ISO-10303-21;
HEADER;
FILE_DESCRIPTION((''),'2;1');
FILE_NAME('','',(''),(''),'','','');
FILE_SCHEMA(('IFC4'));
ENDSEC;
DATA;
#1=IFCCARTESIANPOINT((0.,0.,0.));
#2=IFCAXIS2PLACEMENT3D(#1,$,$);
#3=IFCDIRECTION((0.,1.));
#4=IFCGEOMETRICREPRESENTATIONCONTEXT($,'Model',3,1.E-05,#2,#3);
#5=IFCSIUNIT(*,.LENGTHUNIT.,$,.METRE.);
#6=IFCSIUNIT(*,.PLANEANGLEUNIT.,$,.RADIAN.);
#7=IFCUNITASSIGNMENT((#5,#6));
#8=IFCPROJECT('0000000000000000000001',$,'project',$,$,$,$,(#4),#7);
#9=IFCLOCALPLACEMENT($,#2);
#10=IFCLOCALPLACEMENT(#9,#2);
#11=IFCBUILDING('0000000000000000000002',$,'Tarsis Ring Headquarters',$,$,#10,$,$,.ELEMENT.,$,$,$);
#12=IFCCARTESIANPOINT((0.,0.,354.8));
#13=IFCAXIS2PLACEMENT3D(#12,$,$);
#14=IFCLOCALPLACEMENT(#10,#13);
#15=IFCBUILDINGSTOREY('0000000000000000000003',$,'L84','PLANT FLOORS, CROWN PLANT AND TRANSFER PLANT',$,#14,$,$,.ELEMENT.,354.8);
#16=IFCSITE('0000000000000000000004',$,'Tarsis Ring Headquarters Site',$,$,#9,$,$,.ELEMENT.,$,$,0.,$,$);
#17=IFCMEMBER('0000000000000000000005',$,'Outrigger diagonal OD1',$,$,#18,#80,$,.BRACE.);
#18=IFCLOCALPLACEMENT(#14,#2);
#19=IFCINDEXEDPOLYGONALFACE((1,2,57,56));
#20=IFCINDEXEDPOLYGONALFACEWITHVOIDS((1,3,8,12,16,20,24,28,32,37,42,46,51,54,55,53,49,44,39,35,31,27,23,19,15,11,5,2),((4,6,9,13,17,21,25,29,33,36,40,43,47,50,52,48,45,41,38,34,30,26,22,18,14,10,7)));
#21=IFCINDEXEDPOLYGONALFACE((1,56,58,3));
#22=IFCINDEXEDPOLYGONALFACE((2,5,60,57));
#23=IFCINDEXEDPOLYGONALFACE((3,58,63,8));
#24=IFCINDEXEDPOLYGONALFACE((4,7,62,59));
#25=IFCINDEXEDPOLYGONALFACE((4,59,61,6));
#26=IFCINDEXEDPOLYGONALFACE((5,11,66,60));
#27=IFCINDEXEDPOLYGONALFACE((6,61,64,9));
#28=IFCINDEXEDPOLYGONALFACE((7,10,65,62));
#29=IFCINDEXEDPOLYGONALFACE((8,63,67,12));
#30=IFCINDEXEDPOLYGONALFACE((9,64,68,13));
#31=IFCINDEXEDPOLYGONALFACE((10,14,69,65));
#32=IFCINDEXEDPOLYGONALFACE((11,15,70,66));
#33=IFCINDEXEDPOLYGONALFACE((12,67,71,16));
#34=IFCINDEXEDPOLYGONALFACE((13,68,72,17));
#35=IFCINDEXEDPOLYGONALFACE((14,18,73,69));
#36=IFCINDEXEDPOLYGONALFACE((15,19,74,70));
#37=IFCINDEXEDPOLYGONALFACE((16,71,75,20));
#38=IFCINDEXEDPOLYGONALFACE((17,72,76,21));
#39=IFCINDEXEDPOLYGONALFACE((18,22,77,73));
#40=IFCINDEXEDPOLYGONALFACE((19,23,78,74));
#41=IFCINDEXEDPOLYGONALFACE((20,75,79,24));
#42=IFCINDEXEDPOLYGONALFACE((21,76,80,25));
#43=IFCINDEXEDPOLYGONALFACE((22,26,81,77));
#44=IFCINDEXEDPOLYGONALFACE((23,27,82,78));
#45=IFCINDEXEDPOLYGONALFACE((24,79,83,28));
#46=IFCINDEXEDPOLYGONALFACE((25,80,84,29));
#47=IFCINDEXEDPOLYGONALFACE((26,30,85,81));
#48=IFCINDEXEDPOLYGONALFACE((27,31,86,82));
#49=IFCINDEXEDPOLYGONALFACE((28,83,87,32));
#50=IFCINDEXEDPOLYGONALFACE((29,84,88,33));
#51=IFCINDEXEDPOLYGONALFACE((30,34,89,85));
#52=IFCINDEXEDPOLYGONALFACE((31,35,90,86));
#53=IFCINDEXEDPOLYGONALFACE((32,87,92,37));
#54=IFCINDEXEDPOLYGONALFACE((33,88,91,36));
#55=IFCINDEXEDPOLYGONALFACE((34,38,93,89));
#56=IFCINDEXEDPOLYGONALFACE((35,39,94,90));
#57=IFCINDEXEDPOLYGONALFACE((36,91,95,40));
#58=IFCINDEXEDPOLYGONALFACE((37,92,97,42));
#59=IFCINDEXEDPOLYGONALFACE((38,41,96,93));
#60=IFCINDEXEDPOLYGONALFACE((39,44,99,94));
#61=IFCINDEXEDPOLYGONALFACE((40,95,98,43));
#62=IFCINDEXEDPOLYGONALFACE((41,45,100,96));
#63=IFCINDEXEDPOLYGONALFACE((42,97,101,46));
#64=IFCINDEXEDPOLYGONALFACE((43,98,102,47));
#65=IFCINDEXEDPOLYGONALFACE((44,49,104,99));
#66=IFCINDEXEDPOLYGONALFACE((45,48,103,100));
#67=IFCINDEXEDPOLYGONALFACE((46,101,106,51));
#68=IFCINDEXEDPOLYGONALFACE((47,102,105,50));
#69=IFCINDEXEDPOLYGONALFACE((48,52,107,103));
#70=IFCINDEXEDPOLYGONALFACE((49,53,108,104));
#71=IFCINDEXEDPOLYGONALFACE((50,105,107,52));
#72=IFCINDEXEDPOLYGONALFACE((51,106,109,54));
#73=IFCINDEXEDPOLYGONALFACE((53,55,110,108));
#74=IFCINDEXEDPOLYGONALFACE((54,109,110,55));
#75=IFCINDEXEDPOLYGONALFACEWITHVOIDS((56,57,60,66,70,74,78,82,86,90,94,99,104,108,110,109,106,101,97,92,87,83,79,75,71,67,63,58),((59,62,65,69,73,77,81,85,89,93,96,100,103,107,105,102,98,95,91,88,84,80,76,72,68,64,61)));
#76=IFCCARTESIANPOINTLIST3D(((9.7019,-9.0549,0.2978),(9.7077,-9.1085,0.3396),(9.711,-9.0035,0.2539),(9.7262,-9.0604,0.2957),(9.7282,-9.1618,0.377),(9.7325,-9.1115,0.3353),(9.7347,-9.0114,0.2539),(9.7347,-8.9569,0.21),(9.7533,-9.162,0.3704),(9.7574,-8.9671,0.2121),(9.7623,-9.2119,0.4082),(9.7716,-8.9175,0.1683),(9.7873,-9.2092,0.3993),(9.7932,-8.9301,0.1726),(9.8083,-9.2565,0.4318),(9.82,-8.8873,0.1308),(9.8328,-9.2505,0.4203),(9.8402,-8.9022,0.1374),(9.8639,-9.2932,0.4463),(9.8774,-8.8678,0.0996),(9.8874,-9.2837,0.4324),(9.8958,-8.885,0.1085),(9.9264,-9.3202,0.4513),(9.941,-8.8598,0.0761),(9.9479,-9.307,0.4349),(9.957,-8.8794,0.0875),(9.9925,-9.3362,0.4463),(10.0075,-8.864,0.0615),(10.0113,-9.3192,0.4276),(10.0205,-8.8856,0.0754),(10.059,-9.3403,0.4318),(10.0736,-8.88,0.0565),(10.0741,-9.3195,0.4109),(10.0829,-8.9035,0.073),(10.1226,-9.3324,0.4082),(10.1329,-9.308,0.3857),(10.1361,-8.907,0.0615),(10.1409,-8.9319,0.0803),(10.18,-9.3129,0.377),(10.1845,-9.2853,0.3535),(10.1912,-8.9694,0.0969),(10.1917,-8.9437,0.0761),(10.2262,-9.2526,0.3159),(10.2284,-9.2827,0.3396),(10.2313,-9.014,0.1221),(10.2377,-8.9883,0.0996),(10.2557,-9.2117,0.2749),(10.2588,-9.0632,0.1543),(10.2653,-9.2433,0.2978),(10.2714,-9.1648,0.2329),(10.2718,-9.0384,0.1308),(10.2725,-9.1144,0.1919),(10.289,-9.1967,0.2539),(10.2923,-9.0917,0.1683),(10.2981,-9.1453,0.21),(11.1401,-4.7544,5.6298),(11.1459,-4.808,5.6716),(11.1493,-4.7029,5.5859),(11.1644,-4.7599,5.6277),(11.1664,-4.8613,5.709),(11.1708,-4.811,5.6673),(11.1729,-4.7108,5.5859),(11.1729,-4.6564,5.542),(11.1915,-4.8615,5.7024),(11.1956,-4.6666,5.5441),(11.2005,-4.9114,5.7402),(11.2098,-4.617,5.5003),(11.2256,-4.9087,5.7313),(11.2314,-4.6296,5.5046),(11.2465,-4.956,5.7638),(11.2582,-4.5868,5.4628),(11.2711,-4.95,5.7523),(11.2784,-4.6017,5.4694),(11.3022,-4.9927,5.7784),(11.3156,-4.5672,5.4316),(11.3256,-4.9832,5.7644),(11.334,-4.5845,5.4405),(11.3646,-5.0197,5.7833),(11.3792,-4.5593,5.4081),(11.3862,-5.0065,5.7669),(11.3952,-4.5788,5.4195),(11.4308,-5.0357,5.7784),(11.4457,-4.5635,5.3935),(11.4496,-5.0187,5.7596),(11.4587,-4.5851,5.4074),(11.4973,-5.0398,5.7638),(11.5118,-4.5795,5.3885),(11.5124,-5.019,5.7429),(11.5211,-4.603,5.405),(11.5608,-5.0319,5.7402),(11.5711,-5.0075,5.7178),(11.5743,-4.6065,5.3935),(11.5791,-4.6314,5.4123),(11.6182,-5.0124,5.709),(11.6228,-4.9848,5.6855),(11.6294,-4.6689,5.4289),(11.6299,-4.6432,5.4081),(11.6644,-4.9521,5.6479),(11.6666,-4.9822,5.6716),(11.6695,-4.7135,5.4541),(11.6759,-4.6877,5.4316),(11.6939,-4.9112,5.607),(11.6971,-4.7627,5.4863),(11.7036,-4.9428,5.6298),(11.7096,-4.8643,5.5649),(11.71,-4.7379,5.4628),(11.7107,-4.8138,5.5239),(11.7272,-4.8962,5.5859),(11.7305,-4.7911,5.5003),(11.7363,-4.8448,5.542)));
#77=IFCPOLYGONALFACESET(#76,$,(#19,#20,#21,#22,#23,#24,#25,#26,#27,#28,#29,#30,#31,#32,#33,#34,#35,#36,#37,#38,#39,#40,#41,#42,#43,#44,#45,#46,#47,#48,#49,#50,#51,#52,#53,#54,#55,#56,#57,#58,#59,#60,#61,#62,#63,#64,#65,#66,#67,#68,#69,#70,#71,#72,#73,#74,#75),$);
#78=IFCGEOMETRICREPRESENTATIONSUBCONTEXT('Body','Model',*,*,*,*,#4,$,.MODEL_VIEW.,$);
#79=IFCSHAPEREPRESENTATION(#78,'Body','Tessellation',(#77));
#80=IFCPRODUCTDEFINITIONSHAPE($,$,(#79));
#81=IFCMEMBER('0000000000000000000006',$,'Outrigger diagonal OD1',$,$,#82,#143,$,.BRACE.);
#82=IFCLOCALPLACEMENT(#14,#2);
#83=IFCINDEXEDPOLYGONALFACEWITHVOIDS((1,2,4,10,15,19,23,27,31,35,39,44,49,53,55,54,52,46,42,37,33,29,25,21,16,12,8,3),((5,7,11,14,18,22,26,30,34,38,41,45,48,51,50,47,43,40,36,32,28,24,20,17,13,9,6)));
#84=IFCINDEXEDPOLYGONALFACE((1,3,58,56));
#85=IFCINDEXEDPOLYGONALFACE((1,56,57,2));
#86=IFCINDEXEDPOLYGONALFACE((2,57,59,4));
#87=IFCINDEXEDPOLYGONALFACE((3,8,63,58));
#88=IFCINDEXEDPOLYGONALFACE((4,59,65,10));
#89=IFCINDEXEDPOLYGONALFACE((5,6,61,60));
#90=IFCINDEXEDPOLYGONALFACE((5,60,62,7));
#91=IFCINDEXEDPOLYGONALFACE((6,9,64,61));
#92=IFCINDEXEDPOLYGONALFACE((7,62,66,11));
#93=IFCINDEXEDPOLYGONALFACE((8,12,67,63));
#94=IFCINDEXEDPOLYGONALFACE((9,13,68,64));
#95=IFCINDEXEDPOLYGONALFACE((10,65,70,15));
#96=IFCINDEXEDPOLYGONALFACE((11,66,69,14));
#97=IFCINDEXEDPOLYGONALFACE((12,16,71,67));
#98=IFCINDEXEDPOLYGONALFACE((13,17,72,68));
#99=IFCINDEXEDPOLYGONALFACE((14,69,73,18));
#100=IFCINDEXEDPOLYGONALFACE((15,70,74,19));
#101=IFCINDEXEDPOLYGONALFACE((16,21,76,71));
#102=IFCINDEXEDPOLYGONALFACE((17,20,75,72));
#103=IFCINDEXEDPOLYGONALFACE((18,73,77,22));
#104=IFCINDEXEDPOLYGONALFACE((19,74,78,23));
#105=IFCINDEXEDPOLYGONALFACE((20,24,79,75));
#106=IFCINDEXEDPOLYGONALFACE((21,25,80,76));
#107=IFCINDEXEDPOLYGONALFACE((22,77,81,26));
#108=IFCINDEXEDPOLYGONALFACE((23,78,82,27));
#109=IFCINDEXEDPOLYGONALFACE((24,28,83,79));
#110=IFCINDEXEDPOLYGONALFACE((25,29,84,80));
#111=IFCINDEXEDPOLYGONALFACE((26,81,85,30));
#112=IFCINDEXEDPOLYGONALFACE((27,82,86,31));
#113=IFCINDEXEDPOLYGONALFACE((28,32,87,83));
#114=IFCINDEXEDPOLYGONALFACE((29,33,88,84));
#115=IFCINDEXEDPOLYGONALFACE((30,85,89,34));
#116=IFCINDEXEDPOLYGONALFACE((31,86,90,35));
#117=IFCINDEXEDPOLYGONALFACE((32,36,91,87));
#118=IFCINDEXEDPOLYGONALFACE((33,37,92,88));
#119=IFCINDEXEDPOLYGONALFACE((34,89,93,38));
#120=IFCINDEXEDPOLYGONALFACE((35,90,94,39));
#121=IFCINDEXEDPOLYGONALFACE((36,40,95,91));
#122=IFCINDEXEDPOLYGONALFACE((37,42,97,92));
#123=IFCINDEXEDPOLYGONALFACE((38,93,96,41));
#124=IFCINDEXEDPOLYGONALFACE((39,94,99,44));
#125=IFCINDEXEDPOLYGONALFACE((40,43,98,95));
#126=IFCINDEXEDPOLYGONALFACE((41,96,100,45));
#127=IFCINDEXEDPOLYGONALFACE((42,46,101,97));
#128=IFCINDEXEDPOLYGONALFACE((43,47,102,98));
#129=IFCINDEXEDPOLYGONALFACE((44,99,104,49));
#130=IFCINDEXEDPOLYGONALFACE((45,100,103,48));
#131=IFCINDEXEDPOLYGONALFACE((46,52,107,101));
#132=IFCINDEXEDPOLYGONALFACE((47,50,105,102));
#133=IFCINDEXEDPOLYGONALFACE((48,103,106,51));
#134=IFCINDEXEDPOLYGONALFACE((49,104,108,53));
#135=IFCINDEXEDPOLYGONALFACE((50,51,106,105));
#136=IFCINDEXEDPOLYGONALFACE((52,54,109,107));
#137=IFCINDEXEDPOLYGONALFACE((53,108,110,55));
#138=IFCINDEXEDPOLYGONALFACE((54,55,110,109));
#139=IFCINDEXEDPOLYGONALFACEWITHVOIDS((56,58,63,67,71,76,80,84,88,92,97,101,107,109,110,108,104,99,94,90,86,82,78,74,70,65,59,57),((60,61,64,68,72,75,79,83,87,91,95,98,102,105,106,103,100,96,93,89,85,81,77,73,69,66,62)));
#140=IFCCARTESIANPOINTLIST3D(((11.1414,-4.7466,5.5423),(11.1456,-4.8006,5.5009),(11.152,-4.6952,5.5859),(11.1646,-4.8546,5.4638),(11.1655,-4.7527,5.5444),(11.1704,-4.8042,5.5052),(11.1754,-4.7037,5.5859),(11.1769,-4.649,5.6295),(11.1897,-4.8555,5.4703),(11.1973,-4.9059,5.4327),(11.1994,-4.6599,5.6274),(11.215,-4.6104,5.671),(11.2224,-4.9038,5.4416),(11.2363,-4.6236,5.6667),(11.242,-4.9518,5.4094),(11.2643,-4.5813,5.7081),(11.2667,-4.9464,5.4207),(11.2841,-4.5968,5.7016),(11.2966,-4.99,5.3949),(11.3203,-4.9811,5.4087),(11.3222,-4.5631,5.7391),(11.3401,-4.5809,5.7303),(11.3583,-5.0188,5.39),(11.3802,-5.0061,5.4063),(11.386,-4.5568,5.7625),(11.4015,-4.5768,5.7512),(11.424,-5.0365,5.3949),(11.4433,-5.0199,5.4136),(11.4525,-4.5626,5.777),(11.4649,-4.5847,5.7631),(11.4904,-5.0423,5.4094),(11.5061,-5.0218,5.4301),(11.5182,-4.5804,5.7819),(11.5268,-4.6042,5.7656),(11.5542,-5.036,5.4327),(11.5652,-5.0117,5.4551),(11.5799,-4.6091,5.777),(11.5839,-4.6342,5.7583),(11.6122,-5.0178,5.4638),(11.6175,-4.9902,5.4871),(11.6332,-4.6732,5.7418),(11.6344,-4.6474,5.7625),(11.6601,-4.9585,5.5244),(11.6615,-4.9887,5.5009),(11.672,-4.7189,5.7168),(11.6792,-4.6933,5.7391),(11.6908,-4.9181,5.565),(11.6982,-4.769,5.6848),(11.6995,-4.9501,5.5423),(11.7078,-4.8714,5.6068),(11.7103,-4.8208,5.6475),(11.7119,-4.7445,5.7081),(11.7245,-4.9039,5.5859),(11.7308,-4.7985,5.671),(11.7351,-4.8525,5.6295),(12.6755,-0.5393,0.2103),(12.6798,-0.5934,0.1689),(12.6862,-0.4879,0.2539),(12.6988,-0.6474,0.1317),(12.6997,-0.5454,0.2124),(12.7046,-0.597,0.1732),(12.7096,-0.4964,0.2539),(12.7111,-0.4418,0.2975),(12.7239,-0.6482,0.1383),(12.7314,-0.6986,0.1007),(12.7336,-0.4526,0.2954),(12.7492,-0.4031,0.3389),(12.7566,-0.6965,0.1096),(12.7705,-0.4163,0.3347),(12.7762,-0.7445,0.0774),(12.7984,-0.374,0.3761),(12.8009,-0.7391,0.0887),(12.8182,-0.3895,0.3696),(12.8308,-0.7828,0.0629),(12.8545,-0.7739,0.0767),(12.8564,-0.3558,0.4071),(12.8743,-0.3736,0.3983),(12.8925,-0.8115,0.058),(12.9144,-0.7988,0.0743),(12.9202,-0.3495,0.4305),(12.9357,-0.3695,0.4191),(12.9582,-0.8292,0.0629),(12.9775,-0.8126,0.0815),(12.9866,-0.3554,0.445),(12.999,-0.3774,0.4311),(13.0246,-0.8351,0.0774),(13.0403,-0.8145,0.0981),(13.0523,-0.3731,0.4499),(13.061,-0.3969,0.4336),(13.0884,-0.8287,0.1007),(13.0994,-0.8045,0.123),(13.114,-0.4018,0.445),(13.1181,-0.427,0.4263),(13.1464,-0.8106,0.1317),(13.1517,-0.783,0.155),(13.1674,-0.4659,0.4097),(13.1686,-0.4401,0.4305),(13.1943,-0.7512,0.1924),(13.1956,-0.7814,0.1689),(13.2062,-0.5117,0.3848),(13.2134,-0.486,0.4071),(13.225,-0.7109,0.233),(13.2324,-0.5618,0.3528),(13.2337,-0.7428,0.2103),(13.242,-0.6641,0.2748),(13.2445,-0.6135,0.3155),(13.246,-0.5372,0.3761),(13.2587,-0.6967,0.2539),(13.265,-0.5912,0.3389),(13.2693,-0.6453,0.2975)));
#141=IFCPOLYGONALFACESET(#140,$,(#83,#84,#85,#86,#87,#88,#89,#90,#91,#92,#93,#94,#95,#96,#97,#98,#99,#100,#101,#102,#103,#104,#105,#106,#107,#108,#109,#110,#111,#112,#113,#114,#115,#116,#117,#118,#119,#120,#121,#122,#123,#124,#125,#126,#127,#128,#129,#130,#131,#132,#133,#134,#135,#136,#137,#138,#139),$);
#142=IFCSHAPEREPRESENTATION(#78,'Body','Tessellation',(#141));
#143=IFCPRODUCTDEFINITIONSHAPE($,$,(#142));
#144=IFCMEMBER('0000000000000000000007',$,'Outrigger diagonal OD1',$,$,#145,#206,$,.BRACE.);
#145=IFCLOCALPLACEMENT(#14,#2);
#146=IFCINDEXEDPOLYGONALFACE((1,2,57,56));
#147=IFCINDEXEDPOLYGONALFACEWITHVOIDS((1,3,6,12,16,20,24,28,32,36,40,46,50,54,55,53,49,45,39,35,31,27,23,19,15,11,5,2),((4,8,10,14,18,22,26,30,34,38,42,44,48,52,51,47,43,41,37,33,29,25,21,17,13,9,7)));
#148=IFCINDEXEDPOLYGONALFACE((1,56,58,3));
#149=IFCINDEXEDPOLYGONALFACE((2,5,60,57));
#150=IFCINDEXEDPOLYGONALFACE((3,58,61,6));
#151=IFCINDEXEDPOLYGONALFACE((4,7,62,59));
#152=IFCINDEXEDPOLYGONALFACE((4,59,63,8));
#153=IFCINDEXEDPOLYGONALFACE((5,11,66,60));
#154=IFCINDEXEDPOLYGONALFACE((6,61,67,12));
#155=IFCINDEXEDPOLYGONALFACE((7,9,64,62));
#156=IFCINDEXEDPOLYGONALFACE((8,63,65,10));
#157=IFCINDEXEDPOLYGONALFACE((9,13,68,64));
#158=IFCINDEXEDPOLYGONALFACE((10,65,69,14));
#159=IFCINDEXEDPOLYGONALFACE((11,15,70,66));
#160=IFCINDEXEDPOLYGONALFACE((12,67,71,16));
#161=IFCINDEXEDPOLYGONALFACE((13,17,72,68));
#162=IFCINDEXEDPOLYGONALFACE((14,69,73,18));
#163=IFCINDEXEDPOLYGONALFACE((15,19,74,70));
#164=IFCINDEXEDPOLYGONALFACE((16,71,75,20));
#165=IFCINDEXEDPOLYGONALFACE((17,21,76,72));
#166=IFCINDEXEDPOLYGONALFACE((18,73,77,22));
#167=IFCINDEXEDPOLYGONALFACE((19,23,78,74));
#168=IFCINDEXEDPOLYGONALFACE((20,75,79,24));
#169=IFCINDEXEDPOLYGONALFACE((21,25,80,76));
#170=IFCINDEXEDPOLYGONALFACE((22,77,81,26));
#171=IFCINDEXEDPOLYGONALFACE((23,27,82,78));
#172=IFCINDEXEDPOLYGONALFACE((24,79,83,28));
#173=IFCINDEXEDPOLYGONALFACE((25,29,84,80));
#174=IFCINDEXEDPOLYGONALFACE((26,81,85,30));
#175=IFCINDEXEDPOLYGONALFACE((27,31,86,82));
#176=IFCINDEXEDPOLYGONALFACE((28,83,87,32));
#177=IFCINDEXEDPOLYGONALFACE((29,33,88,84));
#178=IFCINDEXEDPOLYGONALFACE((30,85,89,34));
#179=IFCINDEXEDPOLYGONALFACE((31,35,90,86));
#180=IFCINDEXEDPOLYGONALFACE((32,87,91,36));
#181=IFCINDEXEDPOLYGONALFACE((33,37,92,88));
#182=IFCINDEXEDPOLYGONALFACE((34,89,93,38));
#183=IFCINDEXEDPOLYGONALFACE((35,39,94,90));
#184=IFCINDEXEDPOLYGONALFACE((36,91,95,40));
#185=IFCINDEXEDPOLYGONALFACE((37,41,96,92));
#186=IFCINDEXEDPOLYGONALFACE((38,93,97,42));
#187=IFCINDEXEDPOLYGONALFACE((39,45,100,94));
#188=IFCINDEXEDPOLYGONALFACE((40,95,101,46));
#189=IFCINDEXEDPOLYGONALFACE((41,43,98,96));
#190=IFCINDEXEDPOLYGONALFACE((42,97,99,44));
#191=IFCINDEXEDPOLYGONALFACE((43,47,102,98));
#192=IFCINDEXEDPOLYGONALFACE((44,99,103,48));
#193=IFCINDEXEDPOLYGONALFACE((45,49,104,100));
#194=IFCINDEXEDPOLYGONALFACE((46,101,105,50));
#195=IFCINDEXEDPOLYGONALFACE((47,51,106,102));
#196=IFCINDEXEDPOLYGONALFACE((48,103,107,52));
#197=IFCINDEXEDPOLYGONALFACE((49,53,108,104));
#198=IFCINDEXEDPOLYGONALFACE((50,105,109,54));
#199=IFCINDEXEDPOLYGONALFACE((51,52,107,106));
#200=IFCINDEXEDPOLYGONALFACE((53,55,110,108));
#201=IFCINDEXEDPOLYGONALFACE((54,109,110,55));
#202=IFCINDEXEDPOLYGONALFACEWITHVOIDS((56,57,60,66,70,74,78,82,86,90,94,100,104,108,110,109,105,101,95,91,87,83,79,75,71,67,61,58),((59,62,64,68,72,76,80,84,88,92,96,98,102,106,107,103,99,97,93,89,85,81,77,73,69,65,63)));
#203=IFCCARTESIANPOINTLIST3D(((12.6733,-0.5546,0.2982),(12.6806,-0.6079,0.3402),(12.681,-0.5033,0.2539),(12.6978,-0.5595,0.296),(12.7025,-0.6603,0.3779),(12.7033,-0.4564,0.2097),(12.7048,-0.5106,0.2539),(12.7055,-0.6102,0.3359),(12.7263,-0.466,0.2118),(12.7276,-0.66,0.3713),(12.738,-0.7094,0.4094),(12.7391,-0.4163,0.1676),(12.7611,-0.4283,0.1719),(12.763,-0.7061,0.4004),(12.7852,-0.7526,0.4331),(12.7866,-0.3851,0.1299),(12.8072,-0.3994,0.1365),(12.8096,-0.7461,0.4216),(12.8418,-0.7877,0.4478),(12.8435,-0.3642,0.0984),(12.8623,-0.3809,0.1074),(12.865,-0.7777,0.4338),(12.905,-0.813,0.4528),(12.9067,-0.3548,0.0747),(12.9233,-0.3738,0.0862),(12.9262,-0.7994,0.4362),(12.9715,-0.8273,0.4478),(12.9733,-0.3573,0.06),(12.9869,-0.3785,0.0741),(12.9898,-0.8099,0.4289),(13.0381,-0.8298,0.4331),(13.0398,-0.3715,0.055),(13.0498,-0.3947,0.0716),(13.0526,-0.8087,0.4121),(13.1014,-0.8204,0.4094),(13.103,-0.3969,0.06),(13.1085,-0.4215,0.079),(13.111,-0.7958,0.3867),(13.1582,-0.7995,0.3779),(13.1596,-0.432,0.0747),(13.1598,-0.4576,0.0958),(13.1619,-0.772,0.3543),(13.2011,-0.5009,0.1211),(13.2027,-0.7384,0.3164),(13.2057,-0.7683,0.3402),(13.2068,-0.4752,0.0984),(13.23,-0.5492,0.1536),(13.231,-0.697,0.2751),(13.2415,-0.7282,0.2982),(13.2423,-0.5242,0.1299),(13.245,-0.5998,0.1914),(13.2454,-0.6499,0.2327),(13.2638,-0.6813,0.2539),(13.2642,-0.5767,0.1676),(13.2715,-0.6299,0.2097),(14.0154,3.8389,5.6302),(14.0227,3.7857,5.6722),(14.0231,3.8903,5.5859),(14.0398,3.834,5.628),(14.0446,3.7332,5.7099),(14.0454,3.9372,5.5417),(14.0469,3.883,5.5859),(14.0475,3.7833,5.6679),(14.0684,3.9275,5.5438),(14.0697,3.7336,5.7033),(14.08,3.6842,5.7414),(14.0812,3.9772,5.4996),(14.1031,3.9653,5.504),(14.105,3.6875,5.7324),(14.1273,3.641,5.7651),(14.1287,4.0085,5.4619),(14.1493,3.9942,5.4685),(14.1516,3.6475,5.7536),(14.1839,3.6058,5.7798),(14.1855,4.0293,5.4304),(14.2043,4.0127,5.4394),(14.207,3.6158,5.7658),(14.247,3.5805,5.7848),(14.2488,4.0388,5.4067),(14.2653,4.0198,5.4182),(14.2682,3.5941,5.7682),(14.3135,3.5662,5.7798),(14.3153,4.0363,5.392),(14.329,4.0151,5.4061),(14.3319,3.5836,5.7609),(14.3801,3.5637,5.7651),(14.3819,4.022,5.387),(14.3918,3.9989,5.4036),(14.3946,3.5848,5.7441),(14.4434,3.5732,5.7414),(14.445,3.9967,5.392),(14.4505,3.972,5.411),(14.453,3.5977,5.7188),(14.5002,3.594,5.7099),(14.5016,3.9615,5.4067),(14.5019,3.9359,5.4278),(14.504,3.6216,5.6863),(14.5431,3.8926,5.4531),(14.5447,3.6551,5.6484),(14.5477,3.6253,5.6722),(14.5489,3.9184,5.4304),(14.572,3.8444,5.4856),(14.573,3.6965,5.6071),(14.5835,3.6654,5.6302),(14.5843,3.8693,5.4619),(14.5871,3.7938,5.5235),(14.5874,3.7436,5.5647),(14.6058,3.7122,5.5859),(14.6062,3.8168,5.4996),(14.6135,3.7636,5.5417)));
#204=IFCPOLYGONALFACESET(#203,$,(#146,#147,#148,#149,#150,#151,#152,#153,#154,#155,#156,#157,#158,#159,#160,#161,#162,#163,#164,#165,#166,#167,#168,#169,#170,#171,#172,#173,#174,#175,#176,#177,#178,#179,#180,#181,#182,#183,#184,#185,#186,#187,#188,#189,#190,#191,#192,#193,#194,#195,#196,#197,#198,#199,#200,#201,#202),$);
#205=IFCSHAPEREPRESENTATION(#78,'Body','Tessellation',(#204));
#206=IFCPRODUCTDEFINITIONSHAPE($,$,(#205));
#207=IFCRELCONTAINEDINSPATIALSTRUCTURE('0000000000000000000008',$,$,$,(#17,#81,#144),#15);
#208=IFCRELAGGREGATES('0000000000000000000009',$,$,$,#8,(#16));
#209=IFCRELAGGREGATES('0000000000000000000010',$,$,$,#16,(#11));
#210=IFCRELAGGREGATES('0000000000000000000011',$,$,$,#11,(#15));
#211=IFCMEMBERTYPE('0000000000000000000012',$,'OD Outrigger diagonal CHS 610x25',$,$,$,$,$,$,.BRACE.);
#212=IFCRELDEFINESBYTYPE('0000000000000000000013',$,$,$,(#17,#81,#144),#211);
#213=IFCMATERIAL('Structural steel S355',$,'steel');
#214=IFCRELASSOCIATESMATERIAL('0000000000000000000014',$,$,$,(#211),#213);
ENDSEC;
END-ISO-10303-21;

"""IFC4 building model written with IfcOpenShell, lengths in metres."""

from ifc_helpers import new_model, si_unit, direction, frame, origin, origin_2d, place, context, subcontext, project, spatial, hollow_circle, extrude, material, material_profile, profile_set, type_object, element, save


model = new_model("IFC4")

# Units and contexts
model_context = context("Model", 3, precision=1e-05, world=origin(), true_north=direction((0.0, 1.0)))
body_context = subcontext(model_context, "Body", "Model", "MODEL_VIEW")
ifc_project = project(units=[si_unit("LENGTHUNIT", "METRE"), si_unit("PLANEANGLEUNIT", "RADIAN")], contexts=[model_context])

# Site, building, storey
site_placement = place(None, origin())
site = spatial("IfcSite", under=ifc_project, at=site_placement, Name="Tarsis Ring Headquarters Site", CompositionType="ELEMENT", RefElevation=0.0)
building_placement = place(site_placement, origin())
building = spatial("IfcBuilding", under=site, at=building_placement, Name="Tarsis Ring Headquarters", CompositionType="ELEMENT")
storey_placement = place(building_placement, frame((0.0, 0.0, 354.8)))
storey = spatial("IfcBuildingStorey", under=building, at=storey_placement, Name="L84", Description="PLANT FLOORS, CROWN PLANT AND TRANSFER PLANT", CompositionType="ELEMENT", Elevation=354.8)

# Shared definitions
ifc_material_1 = material(Name="Structural steel S355", Category="steel")

# Members
ifc_material_profile_1 = material_profile(ifc_material_1, hollow_circle(Radius=0.3047, WallThickness=0.0249, at=origin_2d()), Name="CHS 610x25")
ifc_profile_set_1 = profile_set([ifc_material_profile_1], Name="Structural steel S355")
member_type_1 = type_object("IfcMemberType", Name="OD Outrigger diagonal CHS 610x25", PredefinedType="BRACE", material=ifc_profile_set_1)
member_1_placement = place(storey_placement, frame((10.0, -9.1001, 0.2539), z_axis=(0.205475, 0.614402, 0.761768), x_axis=(-0.948371, 0.317164, 0.0)))
element("IfcMember", 1, at=member_1_placement, inside=storey, type_object=member_type_1, Name="Outrigger diagonal OD1", PredefinedType="BRACE", context=body_context, shape_type="SweptSolid", body=[
    extrude(hollow_circle(Radius=0.3047, WallThickness=0.0249, at=origin_2d()), origin(), (0.0, 0.0, 1.0), 6.9995),
])
member_2_placement = place(storey_placement, frame((11.4382, -4.7996, 5.5859), z_axis=(0.220328, 0.60422, -0.76575), x_axis=(-0.939487, 0.342583, 0.0)))
element("IfcMember", 2, at=member_2_placement, inside=storey, type_object=member_type_1, Name="Outrigger diagonal OD1", PredefinedType="BRACE", context=body_context, shape_type="SweptSolid", body=[
    extrude(hollow_circle(Radius=0.3047, WallThickness=0.0249, at=origin_2d()), origin(), (0.0, 0.0, 1.0), 6.9631),
])
member_3_placement = place(storey_placement, frame((12.9724, -0.5923, 0.2539), z_axis=(0.190682, 0.624252, 0.757594), x_axis=(-0.956378, 0.292132, 0.0)))
element("IfcMember", 3, at=member_3_placement, inside=storey, type_object=member_type_1, Name="Outrigger diagonal OD1", PredefinedType="BRACE", context=body_context, shape_type="SweptSolid", body=[
    extrude(hollow_circle(Radius=0.3047, WallThickness=0.0249, at=origin_2d()), origin(), (0.0, 0.0, 1.0), 7.0381),
])

save(model, "model.ifc")
